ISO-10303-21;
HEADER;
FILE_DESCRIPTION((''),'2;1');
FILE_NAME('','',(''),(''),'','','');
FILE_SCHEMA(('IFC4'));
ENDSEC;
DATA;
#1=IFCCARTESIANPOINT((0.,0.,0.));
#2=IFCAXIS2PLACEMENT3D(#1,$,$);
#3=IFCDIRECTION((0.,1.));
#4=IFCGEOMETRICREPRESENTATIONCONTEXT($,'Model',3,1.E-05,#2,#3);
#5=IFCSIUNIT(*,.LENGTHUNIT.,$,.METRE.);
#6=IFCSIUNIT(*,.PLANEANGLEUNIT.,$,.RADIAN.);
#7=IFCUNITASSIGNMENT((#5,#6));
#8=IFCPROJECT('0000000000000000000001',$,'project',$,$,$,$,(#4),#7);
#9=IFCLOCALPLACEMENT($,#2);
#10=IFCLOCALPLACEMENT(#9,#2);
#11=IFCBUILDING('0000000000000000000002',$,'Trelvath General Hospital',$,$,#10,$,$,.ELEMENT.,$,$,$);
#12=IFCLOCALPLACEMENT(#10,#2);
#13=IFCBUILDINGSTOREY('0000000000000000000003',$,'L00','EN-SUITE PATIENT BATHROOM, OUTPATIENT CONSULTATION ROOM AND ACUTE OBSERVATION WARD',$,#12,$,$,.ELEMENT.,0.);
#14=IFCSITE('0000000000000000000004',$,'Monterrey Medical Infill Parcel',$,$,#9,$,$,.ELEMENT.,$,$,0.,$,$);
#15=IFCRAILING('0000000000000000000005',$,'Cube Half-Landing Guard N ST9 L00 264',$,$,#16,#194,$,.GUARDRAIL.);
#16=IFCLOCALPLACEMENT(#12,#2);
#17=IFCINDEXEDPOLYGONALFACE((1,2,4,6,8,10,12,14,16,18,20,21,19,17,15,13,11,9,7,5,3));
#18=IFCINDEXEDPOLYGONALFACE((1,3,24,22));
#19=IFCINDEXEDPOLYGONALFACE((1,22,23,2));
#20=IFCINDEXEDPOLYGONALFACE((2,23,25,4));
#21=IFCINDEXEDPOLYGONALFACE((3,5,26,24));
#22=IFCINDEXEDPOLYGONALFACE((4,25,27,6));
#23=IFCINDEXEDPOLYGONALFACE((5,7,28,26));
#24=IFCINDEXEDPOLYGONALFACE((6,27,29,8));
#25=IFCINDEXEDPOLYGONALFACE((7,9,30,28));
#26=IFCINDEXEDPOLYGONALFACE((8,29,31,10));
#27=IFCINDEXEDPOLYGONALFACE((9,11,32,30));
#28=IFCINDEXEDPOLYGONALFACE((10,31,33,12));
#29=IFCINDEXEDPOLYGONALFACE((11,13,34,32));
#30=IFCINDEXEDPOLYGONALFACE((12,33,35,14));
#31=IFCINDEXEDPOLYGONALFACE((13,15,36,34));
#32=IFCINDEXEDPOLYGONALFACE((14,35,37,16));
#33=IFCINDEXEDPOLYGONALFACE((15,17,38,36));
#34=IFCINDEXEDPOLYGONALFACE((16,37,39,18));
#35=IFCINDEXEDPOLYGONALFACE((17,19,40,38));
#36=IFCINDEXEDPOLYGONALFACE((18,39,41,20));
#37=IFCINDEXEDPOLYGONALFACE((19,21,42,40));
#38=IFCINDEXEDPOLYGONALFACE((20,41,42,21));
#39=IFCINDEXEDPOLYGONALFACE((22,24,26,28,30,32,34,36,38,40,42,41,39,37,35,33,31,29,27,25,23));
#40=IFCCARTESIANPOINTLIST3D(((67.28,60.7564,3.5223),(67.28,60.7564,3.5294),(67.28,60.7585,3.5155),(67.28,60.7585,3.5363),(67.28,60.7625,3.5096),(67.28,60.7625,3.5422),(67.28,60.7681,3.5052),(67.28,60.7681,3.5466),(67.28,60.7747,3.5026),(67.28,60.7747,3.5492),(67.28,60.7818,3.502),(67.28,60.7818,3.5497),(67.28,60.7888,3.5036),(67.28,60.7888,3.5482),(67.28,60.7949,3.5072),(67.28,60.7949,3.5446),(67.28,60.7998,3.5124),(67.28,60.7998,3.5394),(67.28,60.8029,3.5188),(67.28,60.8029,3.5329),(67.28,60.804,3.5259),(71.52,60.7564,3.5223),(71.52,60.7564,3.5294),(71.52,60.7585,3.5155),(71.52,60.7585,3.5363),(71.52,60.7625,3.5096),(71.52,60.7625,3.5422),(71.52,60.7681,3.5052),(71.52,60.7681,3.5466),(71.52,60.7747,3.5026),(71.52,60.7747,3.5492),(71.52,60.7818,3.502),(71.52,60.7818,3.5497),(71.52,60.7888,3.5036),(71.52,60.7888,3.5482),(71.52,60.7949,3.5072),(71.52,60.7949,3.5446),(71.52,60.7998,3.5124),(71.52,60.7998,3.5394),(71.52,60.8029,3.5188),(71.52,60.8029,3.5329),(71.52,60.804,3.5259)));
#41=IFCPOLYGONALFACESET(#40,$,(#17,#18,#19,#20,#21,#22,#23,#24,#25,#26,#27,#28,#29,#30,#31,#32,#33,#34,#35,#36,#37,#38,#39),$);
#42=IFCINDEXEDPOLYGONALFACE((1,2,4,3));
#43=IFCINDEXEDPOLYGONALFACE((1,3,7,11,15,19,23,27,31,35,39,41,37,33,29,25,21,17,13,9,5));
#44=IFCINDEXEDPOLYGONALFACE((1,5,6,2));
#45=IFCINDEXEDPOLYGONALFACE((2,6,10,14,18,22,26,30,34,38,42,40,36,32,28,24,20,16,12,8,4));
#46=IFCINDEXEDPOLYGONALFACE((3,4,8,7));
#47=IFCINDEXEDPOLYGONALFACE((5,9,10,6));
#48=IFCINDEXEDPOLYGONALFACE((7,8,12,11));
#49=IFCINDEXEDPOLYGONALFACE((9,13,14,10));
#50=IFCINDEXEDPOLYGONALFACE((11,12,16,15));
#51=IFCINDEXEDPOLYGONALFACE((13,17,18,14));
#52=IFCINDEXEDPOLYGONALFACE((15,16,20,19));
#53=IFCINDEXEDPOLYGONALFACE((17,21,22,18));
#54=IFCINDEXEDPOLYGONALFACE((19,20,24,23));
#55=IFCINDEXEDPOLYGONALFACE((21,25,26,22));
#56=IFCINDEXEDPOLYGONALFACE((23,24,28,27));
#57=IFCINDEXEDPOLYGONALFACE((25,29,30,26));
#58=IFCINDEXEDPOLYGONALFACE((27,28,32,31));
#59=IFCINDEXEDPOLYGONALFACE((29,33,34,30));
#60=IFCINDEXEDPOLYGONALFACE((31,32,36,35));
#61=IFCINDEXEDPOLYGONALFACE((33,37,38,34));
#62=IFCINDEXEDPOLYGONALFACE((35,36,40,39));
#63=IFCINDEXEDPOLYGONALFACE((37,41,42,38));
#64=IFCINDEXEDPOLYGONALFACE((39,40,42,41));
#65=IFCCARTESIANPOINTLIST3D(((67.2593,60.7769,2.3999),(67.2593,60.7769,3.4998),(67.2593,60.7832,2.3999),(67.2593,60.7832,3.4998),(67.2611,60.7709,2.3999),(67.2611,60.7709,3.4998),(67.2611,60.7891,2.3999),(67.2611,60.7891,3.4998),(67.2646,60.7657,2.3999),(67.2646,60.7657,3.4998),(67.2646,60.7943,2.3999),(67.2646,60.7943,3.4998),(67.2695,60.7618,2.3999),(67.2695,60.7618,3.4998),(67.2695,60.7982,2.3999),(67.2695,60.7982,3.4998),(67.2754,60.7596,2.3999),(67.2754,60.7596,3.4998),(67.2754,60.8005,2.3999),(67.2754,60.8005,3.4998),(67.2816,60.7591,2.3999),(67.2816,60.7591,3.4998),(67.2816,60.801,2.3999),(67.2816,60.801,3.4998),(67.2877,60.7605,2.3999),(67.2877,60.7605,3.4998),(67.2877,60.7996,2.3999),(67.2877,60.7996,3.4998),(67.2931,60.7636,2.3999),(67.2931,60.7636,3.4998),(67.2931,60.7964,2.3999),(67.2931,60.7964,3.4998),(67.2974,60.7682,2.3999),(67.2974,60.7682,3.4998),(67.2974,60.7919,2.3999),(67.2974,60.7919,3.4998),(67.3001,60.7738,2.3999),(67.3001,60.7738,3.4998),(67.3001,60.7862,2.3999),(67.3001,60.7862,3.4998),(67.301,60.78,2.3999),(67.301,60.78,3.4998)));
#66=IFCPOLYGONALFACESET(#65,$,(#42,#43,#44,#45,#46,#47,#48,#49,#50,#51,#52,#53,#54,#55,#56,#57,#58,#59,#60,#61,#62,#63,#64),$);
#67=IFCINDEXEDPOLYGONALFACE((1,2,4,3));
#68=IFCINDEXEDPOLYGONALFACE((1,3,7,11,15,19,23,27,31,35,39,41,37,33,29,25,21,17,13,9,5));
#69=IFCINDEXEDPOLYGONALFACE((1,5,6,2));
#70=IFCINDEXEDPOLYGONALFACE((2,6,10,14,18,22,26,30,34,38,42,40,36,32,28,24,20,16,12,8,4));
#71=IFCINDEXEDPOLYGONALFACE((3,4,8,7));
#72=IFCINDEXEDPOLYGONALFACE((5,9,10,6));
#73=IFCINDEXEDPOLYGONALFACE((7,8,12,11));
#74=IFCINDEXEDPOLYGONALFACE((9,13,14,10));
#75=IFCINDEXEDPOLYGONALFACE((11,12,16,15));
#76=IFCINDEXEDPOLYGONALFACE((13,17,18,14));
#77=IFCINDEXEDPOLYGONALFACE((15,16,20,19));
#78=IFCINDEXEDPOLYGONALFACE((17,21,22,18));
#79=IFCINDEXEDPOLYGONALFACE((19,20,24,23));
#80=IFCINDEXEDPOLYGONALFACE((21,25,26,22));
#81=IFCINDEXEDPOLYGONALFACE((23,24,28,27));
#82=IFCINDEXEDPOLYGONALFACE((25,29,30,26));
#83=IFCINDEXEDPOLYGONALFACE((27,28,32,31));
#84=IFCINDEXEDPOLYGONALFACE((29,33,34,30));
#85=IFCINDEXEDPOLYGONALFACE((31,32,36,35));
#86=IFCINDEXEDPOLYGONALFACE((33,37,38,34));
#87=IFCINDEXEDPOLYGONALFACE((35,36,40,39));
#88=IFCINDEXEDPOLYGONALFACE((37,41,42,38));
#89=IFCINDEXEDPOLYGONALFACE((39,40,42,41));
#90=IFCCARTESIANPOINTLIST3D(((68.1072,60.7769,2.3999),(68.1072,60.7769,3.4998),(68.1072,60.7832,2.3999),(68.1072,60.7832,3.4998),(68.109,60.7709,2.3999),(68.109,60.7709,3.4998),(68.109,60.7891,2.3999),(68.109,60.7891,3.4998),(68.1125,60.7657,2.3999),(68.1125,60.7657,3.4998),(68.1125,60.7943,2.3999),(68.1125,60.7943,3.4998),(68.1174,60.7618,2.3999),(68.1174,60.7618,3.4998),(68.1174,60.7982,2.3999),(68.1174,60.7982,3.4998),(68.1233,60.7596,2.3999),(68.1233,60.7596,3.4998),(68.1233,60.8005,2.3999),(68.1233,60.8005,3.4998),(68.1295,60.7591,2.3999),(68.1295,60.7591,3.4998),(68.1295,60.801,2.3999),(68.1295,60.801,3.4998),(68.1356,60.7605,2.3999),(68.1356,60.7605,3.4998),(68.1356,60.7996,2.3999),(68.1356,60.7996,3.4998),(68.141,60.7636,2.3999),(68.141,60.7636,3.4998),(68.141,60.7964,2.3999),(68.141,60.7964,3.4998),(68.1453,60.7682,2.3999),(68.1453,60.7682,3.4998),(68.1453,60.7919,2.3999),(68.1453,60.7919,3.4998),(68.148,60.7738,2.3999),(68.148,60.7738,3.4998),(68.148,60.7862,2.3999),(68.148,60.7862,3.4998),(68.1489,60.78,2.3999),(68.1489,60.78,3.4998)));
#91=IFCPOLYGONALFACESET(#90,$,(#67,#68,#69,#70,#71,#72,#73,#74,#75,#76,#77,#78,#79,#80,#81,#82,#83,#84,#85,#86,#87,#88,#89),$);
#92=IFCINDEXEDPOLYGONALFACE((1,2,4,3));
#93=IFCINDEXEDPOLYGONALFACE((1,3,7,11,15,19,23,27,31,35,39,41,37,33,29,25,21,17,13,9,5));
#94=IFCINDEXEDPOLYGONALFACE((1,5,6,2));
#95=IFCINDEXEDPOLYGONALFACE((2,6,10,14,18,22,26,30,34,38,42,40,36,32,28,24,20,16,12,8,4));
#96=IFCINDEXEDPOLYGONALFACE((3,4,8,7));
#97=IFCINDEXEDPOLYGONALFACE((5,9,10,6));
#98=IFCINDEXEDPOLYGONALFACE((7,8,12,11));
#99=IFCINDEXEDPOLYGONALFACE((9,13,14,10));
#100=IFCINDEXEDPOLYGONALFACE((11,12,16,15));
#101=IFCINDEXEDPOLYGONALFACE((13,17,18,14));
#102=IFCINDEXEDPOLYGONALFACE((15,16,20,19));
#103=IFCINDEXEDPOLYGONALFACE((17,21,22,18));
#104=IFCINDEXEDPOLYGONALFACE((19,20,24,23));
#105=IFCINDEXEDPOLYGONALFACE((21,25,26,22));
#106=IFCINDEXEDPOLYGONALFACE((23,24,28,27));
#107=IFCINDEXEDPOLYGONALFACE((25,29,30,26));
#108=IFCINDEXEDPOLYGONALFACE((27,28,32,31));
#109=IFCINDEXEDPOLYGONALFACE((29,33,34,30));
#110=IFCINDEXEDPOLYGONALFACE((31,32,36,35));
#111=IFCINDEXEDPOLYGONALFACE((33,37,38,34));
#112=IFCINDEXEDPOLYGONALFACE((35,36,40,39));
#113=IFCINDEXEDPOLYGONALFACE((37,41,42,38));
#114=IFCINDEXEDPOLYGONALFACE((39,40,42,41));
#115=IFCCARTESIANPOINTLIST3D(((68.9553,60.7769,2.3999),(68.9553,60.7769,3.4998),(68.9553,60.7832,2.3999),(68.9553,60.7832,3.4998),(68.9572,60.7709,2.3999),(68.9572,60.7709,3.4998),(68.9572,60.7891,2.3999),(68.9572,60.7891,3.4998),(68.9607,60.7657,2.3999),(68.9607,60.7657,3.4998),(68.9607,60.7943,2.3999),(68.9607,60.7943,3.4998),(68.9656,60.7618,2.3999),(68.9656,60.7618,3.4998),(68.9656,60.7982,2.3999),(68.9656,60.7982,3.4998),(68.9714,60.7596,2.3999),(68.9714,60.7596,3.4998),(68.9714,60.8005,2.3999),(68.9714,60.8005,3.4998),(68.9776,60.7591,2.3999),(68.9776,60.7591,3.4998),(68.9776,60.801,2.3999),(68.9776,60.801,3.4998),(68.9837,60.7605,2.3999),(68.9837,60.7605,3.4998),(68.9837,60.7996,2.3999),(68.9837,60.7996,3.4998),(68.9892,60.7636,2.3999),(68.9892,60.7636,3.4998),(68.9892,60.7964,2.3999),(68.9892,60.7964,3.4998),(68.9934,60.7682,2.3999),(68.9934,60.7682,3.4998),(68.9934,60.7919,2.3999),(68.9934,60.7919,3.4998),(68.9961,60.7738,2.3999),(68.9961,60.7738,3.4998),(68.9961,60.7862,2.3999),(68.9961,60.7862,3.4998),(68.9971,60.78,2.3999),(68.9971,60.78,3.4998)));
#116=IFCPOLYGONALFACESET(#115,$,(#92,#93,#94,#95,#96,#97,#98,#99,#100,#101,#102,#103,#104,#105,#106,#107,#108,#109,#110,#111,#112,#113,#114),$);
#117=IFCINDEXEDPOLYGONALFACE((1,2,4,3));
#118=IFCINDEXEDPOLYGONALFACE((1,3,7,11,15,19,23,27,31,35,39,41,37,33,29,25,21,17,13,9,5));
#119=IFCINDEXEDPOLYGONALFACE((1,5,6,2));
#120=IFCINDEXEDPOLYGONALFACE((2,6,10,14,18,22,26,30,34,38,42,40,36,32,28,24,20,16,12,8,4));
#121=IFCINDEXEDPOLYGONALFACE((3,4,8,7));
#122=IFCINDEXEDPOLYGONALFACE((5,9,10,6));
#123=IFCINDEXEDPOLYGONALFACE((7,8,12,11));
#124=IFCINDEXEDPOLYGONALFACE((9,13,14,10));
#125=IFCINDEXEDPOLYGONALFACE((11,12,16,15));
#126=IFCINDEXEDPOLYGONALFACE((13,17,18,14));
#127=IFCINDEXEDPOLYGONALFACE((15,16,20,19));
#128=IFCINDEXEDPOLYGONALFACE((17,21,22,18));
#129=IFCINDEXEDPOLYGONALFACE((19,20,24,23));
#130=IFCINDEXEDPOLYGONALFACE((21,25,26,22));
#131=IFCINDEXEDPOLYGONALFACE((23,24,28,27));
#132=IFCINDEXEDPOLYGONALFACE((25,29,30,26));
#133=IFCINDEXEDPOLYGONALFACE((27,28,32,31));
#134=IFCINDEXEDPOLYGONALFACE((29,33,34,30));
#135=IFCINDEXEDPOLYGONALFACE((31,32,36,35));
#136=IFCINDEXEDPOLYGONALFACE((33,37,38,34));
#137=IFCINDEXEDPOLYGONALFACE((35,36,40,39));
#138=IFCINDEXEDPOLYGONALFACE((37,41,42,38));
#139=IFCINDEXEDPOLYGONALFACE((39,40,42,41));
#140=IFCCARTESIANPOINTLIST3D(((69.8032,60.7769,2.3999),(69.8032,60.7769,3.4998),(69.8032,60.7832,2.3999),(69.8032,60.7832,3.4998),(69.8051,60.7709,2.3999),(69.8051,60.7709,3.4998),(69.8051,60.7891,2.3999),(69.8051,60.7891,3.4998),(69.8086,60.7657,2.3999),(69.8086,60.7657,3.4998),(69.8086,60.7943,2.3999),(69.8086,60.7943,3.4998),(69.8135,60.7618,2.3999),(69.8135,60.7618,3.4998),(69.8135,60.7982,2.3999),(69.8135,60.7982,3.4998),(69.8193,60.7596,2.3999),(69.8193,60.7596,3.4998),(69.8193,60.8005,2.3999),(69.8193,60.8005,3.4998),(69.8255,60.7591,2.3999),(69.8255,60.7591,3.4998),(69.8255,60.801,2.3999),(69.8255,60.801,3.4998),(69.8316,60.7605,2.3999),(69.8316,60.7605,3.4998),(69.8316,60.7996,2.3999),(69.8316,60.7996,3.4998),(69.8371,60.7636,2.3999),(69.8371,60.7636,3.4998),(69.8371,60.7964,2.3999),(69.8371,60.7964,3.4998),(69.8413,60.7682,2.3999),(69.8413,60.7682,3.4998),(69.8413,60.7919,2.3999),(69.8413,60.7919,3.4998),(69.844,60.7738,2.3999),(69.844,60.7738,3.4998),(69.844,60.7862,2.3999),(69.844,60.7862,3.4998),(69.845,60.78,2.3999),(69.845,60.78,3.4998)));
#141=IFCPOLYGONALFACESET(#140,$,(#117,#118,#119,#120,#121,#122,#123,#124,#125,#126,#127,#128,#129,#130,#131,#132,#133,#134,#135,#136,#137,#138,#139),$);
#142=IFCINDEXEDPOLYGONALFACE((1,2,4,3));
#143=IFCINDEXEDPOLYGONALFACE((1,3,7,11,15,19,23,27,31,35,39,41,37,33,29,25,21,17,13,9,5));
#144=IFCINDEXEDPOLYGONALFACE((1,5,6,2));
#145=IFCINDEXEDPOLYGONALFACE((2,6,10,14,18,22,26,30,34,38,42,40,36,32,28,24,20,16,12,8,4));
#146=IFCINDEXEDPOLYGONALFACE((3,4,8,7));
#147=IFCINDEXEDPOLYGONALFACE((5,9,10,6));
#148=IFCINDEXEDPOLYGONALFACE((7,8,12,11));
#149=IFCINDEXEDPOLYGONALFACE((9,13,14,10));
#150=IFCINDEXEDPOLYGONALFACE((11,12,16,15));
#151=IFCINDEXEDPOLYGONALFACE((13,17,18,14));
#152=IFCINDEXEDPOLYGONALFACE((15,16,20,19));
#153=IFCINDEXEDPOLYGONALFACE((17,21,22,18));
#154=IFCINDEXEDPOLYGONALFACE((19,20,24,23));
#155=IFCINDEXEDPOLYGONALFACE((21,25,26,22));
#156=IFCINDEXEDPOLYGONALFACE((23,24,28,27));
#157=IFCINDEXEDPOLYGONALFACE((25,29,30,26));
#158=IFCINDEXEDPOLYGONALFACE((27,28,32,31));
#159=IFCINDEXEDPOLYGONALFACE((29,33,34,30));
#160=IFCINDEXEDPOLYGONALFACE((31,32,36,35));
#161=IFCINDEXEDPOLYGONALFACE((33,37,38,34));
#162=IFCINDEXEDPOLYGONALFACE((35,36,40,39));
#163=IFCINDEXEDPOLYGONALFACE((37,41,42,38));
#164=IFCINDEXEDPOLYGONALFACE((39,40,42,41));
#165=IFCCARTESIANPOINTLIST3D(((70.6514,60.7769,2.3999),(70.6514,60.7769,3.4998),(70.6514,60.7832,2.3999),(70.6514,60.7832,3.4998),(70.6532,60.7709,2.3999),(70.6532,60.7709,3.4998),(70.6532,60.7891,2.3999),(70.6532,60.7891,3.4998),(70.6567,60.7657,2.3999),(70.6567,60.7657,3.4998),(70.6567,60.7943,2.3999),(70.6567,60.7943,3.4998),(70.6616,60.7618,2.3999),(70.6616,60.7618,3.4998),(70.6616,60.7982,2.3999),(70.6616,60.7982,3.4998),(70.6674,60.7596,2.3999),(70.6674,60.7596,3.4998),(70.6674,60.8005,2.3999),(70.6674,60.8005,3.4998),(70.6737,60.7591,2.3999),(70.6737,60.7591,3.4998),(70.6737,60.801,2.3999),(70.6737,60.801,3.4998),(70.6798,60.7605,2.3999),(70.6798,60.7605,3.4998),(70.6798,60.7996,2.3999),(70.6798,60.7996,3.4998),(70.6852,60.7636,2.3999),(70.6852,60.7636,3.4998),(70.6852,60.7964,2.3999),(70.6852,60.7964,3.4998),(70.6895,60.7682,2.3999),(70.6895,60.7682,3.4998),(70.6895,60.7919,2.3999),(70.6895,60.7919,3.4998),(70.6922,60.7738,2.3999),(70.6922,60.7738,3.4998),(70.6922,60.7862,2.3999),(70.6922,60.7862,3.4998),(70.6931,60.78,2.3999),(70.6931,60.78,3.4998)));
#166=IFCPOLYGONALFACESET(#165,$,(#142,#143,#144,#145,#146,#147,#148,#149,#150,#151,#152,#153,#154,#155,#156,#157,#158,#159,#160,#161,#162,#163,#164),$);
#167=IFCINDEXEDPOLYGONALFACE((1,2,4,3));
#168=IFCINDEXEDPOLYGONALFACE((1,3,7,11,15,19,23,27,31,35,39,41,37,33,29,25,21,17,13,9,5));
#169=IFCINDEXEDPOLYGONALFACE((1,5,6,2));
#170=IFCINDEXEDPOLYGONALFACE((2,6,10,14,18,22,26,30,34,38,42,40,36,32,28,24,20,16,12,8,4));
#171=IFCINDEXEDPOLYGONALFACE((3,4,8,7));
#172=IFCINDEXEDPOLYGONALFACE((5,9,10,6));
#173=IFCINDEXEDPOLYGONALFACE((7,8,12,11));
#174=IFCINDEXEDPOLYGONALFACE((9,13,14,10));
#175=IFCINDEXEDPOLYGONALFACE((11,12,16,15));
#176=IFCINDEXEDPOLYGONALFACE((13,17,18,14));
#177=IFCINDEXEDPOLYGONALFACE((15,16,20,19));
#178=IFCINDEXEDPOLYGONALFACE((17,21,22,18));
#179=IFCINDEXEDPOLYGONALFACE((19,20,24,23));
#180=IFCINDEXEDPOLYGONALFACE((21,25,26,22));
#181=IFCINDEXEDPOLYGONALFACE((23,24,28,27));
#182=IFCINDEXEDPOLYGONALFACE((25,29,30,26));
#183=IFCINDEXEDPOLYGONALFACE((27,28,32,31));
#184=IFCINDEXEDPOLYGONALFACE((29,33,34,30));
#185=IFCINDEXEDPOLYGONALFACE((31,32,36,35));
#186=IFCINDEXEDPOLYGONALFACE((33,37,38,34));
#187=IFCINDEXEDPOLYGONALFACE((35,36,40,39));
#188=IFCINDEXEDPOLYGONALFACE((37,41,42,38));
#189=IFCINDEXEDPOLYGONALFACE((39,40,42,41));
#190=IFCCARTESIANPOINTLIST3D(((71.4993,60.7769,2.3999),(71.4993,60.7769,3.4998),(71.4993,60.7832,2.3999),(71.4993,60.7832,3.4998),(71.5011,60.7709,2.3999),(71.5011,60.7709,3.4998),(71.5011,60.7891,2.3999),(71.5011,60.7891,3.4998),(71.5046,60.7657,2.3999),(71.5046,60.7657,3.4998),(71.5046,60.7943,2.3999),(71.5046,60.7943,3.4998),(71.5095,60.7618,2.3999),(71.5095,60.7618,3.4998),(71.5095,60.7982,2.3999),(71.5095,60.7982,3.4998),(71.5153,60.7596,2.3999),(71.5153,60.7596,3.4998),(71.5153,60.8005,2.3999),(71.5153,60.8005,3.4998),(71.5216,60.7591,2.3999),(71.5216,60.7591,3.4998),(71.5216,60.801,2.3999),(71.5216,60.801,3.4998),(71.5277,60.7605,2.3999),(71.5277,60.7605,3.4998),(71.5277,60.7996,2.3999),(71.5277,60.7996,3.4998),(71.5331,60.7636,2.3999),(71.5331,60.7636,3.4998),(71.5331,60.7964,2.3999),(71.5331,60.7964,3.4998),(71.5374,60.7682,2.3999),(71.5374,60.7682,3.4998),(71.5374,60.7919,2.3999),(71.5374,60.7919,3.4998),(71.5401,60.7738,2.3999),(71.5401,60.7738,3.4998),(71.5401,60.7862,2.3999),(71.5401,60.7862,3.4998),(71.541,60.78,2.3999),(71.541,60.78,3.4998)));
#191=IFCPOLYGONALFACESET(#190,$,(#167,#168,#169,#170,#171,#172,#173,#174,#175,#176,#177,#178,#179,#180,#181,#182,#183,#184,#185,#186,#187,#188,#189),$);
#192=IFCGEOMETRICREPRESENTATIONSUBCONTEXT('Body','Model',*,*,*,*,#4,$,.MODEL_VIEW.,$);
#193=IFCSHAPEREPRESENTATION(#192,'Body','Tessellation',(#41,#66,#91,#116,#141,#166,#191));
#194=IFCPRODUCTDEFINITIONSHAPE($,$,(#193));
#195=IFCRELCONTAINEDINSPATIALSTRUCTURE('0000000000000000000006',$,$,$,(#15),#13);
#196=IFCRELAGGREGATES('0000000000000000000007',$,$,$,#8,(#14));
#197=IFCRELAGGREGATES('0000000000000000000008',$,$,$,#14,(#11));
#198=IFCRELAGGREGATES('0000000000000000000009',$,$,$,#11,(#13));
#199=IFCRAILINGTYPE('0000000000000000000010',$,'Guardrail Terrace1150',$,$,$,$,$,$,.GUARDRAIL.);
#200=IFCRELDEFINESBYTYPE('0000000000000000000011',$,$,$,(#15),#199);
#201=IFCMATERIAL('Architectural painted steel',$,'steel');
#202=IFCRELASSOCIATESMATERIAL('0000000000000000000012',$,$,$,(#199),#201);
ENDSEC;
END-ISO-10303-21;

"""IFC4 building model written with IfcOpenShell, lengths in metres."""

from ifc_helpers import new_model, si_unit, direction, frame, origin, origin_2d, place, context, subcontext, project, spatial, circle, extrude, material, type_object, element, save


model = new_model("IFC4")

# Units and contexts
model_context = context("Model", 3, precision=1e-05, world=origin(), true_north=direction((0.0, 1.0)))
body_context = subcontext(model_context, "Body", "Model", "MODEL_VIEW")
ifc_project = project(units=[si_unit("LENGTHUNIT", "METRE"), si_unit("PLANEANGLEUNIT", "RADIAN")], contexts=[model_context])

# Site, building, storey
site_placement = place(None, origin())
site = spatial("IfcSite", under=ifc_project, at=site_placement, Name="Monterrey Medical Infill Parcel", CompositionType="ELEMENT", RefElevation=0.0)
building_placement = place(site_placement, origin())
building = spatial("IfcBuilding", under=site, at=building_placement, Name="Trelvath General Hospital", CompositionType="ELEMENT")
storey_placement = place(building_placement, origin())
storey = spatial("IfcBuildingStorey", under=building, at=storey_placement, Name="L00", Description="EN-SUITE PATIENT BATHROOM, OUTPATIENT CONSULTATION ROOM AND ACUTE OBSERVATION WARD", CompositionType="ELEMENT", Elevation=0.0)

# Railing
ifc_material_1 = material(Name="Architectural painted steel", Category="steel")
railing_type = type_object("IfcRailingType", Name="Guardrail Terrace1150", PredefinedType="GUARDRAIL", material=ifc_material_1)
railing_1_placement = place(storey_placement, frame((67.28, 60.78, 2.3999)))
element("IfcRailing", 1, at=railing_1_placement, inside=storey, type_object=railing_type, Name="Cube Half-Landing Guard N ST9 L00 264", PredefinedType="GUARDRAIL", context=body_context, shape_type="SweptSolid", body=[
    extrude(circle(Radius=0.0239, at=origin_2d()), frame((0.0, 0.0, 1.126), z_axis=(1.0, 0.0, 0.0), x_axis=(0.0, 1.0, 0.0)), (0.0, 0.0, 1.0), 4.24),
    extrude(circle(Radius=0.021, at=origin_2d()), origin(), (0.0, 0.0, 1.0), 1.0999),
    extrude(circle(Radius=0.021, at=origin_2d()), frame((0.8479, 0.0, 0.0)), (0.0, 0.0, 1.0), 1.0999),
    extrude(circle(Radius=0.021, at=origin_2d()), frame((1.696, 0.0, 0.0)), (0.0, 0.0, 1.0), 1.0999),
    extrude(circle(Radius=0.021, at=origin_2d()), frame((2.5439, 0.0, 0.0)), (0.0, 0.0, 1.0), 1.0999),
    extrude(circle(Radius=0.021, at=origin_2d()), frame((3.3921, 0.0, 0.0)), (0.0, 0.0, 1.0), 1.0999),
    extrude(circle(Radius=0.021, at=origin_2d()), frame((4.24, 0.0, 0.0)), (0.0, 0.0, 1.0), 1.0999),
])

save(model, "model.ifc")
